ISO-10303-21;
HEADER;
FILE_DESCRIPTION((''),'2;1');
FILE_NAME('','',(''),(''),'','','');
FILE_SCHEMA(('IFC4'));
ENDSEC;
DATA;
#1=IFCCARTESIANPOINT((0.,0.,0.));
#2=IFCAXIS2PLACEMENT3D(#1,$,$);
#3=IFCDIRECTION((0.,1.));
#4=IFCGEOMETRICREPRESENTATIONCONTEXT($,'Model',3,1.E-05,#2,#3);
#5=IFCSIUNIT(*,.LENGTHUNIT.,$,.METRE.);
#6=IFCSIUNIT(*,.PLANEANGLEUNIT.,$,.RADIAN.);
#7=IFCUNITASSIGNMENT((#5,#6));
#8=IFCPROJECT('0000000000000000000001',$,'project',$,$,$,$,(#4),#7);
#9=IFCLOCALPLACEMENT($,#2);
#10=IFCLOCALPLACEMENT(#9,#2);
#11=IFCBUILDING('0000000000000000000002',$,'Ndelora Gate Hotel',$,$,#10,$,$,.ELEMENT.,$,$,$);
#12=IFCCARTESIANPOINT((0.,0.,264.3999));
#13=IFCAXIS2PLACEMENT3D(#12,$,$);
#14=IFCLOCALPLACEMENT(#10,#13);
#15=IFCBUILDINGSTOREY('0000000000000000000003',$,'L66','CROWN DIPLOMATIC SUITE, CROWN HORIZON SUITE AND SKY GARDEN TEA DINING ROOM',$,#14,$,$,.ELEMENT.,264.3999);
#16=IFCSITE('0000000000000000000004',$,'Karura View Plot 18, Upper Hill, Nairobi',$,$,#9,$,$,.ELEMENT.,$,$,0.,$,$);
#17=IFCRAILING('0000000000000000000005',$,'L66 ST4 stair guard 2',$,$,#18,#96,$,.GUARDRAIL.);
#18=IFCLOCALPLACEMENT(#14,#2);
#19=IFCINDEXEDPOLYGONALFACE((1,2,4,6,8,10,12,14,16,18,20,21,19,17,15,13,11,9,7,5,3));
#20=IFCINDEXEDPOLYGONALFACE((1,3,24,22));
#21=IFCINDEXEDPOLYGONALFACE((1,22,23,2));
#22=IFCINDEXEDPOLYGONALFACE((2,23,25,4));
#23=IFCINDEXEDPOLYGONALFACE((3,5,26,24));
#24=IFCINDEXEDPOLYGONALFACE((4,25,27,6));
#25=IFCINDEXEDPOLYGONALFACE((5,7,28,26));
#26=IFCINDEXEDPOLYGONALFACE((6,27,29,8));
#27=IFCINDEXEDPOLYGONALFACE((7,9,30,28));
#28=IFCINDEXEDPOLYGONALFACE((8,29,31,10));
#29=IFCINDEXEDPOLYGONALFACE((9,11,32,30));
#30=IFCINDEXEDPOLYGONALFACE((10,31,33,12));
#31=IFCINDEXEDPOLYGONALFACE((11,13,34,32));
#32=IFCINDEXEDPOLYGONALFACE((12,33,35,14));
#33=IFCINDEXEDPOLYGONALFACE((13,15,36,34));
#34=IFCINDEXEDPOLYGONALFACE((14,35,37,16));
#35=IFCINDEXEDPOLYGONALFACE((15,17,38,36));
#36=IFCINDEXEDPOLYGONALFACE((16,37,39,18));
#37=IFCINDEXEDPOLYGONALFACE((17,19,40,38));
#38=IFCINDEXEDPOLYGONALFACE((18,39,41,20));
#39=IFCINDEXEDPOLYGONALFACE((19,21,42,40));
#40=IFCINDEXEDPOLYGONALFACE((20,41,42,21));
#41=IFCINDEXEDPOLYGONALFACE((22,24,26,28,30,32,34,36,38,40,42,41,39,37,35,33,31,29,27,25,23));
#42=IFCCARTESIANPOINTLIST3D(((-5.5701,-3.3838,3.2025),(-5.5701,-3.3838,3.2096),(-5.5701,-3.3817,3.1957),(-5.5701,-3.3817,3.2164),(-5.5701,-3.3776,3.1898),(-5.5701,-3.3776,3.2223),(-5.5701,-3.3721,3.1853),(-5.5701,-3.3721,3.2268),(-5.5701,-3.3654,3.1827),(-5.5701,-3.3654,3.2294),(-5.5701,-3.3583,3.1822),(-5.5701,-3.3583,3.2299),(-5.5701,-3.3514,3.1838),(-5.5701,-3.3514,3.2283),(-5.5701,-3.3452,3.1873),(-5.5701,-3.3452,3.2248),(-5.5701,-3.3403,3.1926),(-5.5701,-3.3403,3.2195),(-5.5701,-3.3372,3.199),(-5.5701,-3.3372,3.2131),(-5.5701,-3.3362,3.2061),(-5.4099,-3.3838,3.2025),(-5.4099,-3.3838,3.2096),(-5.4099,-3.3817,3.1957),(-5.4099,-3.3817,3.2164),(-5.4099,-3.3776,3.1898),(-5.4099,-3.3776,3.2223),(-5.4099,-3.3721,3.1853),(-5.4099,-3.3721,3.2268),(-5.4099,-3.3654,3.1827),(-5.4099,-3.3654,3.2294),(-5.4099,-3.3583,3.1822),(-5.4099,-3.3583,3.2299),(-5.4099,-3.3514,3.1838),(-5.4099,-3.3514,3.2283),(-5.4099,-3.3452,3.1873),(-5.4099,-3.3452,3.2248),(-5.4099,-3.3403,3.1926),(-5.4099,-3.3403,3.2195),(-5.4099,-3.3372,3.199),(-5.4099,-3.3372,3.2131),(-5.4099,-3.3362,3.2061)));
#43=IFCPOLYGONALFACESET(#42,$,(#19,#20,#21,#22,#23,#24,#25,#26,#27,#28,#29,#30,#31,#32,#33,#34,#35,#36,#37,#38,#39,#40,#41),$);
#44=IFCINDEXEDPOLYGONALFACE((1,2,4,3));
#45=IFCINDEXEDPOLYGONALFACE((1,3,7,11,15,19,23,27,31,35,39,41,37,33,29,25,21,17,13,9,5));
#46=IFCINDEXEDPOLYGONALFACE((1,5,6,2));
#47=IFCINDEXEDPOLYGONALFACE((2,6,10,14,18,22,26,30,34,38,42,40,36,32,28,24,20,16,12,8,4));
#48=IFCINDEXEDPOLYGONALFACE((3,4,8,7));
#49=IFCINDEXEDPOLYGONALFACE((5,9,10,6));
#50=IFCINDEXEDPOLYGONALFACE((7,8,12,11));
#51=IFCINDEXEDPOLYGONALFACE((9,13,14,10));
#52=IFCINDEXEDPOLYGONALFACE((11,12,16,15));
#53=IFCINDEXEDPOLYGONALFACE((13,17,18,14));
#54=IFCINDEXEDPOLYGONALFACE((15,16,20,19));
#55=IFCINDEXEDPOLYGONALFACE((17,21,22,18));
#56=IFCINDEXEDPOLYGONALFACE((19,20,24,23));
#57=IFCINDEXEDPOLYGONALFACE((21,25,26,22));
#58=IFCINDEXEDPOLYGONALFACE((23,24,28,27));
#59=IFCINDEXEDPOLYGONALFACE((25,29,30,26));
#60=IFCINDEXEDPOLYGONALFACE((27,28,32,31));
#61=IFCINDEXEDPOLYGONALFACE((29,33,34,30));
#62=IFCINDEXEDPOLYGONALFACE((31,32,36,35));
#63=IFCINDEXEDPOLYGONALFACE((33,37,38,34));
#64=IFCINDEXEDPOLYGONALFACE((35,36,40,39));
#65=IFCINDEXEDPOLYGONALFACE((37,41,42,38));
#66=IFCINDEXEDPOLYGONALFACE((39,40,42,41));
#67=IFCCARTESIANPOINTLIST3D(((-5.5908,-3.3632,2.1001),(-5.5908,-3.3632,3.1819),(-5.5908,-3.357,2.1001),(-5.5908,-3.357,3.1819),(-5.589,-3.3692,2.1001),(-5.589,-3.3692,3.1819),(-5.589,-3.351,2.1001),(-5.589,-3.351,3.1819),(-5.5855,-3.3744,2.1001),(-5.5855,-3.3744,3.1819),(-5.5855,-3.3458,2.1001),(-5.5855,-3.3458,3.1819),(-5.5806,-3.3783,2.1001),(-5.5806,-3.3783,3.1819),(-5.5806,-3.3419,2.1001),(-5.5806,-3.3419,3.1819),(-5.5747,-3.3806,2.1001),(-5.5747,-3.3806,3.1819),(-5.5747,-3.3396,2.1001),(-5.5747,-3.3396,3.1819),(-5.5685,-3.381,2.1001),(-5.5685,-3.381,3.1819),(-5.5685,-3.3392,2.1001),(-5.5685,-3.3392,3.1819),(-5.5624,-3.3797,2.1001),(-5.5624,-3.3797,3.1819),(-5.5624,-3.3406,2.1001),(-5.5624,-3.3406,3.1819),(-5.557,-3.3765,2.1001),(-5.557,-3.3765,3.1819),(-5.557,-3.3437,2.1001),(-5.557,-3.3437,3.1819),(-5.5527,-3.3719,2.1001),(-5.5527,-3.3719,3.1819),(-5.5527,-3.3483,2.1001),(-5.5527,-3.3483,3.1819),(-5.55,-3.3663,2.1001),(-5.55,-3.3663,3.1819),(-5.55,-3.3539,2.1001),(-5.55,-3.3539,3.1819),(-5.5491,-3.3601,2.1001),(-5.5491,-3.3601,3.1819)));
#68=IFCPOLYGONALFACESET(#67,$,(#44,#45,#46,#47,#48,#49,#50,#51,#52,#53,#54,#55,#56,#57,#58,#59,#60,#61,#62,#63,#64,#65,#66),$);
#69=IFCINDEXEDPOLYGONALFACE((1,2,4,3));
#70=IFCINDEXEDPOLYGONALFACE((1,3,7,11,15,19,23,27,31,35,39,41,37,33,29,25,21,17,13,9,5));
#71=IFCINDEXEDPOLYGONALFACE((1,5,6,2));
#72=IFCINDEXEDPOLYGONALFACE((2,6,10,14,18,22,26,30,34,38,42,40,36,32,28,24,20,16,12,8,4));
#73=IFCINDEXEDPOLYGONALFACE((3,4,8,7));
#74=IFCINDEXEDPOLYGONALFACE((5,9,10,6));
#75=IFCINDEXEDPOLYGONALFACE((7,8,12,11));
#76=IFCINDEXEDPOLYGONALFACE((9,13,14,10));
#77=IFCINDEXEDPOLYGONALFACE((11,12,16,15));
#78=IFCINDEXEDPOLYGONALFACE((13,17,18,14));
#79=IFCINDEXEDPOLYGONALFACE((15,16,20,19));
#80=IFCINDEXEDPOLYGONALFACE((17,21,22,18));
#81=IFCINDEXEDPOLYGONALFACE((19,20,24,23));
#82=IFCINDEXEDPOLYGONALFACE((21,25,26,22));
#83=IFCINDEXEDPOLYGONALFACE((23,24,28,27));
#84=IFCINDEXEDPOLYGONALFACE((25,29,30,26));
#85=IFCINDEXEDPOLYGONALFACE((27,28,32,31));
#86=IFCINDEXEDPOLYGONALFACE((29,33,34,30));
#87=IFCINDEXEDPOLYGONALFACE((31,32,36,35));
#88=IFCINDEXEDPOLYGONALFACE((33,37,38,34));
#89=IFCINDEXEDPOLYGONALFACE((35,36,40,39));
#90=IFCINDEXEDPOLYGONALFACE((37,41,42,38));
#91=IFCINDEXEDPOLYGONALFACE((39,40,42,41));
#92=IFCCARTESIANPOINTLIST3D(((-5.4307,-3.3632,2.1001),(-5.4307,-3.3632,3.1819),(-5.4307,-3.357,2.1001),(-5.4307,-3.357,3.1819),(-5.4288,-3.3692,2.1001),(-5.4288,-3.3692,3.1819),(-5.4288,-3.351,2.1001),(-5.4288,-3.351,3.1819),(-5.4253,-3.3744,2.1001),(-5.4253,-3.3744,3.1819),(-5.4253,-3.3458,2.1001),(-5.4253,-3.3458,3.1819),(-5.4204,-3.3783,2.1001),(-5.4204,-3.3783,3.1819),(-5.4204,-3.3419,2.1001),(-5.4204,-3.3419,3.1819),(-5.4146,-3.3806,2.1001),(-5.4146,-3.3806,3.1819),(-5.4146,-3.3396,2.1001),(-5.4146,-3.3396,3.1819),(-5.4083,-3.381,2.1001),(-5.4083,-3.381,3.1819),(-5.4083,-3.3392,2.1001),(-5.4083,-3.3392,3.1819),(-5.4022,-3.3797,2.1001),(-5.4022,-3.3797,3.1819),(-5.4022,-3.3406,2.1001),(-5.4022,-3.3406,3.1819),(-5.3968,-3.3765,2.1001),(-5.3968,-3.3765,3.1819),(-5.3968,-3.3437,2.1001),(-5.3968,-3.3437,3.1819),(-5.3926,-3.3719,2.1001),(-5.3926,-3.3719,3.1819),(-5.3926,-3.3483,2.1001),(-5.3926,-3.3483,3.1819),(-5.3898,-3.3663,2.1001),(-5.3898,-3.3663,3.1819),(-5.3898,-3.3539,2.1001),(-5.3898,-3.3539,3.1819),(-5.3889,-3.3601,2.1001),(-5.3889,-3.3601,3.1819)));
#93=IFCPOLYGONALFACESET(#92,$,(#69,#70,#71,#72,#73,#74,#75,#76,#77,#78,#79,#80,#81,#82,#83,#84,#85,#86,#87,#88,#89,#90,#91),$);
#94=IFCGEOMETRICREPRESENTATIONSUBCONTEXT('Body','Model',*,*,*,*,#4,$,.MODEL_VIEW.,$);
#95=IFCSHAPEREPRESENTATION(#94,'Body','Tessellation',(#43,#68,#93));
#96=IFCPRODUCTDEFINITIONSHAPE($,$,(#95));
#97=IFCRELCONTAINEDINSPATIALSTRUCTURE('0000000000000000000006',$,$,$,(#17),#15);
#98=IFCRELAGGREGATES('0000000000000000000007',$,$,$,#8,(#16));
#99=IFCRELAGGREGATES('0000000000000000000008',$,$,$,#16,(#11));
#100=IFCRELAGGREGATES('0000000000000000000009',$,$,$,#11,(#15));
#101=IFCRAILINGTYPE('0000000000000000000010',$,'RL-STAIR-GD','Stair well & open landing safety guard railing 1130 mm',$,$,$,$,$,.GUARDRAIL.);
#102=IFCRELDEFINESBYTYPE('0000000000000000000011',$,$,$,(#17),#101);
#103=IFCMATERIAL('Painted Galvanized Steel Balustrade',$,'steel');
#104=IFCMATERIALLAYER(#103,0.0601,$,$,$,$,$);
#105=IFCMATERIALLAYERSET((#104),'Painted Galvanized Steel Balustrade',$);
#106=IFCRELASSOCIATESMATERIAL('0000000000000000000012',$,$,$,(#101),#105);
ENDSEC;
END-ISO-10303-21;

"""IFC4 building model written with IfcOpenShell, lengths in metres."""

from ifc_helpers import new_model, si_unit, direction, frame, origin, origin_2d, place, context, subcontext, project, spatial, circle, extrude, material, layer, layer_set, type_object, element, save


model = new_model("IFC4")

# Units and contexts
model_context = context("Model", 3, precision=1e-05, world=origin(), true_north=direction((0.0, 1.0)))
body_context = subcontext(model_context, "Body", "Model", "MODEL_VIEW")
ifc_project = project(units=[si_unit("LENGTHUNIT", "METRE"), si_unit("PLANEANGLEUNIT", "RADIAN")], contexts=[model_context])

# Site, building, storey
site_placement = place(None, origin())
site = spatial("IfcSite", under=ifc_project, at=site_placement, Name="Karura View Plot 18, Upper Hill, Nairobi", CompositionType="ELEMENT", RefElevation=0.0)
building_placement = place(site_placement, origin())
building = spatial("IfcBuilding", under=site, at=building_placement, Name="Ndelora Gate Hotel", CompositionType="ELEMENT")
storey_placement = place(building_placement, frame((0.0, 0.0, 264.3999)))
storey = spatial("IfcBuildingStorey", under=building, at=storey_placement, Name="L66", Description="CROWN DIPLOMATIC SUITE, CROWN HORIZON SUITE AND SKY GARDEN TEA DINING ROOM", CompositionType="ELEMENT", Elevation=264.3999)

# Railing
ifc_material_1 = material(Name="Painted Galvanized Steel Balustrade", Category="steel")
ifc_layer_1 = layer(ifc_material_1, 0.0601)
ifc_layer_set_1 = layer_set([ifc_layer_1], Name="Painted Galvanized Steel Balustrade")
railing_type_1 = type_object("IfcRailingType", Name="RL-STAIR-GD", Description="Stair well & open landing safety guard railing 1130 mm", PredefinedType="GUARDRAIL", material=ifc_layer_set_1)
railing_1_placement = place(storey_placement, frame((-5.5701, -3.3601, 2.1001)))
element("IfcRailing", 1, at=railing_1_placement, inside=storey, type_object=railing_type_1, Name="L66 ST4 stair guard 2", PredefinedType="GUARDRAIL", context=body_context, shape_type="SweptSolid", body=[
    extrude(circle(Radius=0.0239, at=origin_2d()), frame((0.0, 0.0, 1.106), z_axis=(1.0, 0.0, 0.0), x_axis=(0.0, 1.0, 0.0)), (0.0, 0.0, 1.0), 0.1602),
    extrude(circle(Radius=0.021, at=origin_2d()), origin(), (0.0, 0.0, 1.0), 1.0818),
    extrude(circle(Radius=0.021, at=origin_2d()), frame((0.1602, 0.0, 0.0)), (0.0, 0.0, 1.0), 1.0818),
])

save(model, "model.ifc")
